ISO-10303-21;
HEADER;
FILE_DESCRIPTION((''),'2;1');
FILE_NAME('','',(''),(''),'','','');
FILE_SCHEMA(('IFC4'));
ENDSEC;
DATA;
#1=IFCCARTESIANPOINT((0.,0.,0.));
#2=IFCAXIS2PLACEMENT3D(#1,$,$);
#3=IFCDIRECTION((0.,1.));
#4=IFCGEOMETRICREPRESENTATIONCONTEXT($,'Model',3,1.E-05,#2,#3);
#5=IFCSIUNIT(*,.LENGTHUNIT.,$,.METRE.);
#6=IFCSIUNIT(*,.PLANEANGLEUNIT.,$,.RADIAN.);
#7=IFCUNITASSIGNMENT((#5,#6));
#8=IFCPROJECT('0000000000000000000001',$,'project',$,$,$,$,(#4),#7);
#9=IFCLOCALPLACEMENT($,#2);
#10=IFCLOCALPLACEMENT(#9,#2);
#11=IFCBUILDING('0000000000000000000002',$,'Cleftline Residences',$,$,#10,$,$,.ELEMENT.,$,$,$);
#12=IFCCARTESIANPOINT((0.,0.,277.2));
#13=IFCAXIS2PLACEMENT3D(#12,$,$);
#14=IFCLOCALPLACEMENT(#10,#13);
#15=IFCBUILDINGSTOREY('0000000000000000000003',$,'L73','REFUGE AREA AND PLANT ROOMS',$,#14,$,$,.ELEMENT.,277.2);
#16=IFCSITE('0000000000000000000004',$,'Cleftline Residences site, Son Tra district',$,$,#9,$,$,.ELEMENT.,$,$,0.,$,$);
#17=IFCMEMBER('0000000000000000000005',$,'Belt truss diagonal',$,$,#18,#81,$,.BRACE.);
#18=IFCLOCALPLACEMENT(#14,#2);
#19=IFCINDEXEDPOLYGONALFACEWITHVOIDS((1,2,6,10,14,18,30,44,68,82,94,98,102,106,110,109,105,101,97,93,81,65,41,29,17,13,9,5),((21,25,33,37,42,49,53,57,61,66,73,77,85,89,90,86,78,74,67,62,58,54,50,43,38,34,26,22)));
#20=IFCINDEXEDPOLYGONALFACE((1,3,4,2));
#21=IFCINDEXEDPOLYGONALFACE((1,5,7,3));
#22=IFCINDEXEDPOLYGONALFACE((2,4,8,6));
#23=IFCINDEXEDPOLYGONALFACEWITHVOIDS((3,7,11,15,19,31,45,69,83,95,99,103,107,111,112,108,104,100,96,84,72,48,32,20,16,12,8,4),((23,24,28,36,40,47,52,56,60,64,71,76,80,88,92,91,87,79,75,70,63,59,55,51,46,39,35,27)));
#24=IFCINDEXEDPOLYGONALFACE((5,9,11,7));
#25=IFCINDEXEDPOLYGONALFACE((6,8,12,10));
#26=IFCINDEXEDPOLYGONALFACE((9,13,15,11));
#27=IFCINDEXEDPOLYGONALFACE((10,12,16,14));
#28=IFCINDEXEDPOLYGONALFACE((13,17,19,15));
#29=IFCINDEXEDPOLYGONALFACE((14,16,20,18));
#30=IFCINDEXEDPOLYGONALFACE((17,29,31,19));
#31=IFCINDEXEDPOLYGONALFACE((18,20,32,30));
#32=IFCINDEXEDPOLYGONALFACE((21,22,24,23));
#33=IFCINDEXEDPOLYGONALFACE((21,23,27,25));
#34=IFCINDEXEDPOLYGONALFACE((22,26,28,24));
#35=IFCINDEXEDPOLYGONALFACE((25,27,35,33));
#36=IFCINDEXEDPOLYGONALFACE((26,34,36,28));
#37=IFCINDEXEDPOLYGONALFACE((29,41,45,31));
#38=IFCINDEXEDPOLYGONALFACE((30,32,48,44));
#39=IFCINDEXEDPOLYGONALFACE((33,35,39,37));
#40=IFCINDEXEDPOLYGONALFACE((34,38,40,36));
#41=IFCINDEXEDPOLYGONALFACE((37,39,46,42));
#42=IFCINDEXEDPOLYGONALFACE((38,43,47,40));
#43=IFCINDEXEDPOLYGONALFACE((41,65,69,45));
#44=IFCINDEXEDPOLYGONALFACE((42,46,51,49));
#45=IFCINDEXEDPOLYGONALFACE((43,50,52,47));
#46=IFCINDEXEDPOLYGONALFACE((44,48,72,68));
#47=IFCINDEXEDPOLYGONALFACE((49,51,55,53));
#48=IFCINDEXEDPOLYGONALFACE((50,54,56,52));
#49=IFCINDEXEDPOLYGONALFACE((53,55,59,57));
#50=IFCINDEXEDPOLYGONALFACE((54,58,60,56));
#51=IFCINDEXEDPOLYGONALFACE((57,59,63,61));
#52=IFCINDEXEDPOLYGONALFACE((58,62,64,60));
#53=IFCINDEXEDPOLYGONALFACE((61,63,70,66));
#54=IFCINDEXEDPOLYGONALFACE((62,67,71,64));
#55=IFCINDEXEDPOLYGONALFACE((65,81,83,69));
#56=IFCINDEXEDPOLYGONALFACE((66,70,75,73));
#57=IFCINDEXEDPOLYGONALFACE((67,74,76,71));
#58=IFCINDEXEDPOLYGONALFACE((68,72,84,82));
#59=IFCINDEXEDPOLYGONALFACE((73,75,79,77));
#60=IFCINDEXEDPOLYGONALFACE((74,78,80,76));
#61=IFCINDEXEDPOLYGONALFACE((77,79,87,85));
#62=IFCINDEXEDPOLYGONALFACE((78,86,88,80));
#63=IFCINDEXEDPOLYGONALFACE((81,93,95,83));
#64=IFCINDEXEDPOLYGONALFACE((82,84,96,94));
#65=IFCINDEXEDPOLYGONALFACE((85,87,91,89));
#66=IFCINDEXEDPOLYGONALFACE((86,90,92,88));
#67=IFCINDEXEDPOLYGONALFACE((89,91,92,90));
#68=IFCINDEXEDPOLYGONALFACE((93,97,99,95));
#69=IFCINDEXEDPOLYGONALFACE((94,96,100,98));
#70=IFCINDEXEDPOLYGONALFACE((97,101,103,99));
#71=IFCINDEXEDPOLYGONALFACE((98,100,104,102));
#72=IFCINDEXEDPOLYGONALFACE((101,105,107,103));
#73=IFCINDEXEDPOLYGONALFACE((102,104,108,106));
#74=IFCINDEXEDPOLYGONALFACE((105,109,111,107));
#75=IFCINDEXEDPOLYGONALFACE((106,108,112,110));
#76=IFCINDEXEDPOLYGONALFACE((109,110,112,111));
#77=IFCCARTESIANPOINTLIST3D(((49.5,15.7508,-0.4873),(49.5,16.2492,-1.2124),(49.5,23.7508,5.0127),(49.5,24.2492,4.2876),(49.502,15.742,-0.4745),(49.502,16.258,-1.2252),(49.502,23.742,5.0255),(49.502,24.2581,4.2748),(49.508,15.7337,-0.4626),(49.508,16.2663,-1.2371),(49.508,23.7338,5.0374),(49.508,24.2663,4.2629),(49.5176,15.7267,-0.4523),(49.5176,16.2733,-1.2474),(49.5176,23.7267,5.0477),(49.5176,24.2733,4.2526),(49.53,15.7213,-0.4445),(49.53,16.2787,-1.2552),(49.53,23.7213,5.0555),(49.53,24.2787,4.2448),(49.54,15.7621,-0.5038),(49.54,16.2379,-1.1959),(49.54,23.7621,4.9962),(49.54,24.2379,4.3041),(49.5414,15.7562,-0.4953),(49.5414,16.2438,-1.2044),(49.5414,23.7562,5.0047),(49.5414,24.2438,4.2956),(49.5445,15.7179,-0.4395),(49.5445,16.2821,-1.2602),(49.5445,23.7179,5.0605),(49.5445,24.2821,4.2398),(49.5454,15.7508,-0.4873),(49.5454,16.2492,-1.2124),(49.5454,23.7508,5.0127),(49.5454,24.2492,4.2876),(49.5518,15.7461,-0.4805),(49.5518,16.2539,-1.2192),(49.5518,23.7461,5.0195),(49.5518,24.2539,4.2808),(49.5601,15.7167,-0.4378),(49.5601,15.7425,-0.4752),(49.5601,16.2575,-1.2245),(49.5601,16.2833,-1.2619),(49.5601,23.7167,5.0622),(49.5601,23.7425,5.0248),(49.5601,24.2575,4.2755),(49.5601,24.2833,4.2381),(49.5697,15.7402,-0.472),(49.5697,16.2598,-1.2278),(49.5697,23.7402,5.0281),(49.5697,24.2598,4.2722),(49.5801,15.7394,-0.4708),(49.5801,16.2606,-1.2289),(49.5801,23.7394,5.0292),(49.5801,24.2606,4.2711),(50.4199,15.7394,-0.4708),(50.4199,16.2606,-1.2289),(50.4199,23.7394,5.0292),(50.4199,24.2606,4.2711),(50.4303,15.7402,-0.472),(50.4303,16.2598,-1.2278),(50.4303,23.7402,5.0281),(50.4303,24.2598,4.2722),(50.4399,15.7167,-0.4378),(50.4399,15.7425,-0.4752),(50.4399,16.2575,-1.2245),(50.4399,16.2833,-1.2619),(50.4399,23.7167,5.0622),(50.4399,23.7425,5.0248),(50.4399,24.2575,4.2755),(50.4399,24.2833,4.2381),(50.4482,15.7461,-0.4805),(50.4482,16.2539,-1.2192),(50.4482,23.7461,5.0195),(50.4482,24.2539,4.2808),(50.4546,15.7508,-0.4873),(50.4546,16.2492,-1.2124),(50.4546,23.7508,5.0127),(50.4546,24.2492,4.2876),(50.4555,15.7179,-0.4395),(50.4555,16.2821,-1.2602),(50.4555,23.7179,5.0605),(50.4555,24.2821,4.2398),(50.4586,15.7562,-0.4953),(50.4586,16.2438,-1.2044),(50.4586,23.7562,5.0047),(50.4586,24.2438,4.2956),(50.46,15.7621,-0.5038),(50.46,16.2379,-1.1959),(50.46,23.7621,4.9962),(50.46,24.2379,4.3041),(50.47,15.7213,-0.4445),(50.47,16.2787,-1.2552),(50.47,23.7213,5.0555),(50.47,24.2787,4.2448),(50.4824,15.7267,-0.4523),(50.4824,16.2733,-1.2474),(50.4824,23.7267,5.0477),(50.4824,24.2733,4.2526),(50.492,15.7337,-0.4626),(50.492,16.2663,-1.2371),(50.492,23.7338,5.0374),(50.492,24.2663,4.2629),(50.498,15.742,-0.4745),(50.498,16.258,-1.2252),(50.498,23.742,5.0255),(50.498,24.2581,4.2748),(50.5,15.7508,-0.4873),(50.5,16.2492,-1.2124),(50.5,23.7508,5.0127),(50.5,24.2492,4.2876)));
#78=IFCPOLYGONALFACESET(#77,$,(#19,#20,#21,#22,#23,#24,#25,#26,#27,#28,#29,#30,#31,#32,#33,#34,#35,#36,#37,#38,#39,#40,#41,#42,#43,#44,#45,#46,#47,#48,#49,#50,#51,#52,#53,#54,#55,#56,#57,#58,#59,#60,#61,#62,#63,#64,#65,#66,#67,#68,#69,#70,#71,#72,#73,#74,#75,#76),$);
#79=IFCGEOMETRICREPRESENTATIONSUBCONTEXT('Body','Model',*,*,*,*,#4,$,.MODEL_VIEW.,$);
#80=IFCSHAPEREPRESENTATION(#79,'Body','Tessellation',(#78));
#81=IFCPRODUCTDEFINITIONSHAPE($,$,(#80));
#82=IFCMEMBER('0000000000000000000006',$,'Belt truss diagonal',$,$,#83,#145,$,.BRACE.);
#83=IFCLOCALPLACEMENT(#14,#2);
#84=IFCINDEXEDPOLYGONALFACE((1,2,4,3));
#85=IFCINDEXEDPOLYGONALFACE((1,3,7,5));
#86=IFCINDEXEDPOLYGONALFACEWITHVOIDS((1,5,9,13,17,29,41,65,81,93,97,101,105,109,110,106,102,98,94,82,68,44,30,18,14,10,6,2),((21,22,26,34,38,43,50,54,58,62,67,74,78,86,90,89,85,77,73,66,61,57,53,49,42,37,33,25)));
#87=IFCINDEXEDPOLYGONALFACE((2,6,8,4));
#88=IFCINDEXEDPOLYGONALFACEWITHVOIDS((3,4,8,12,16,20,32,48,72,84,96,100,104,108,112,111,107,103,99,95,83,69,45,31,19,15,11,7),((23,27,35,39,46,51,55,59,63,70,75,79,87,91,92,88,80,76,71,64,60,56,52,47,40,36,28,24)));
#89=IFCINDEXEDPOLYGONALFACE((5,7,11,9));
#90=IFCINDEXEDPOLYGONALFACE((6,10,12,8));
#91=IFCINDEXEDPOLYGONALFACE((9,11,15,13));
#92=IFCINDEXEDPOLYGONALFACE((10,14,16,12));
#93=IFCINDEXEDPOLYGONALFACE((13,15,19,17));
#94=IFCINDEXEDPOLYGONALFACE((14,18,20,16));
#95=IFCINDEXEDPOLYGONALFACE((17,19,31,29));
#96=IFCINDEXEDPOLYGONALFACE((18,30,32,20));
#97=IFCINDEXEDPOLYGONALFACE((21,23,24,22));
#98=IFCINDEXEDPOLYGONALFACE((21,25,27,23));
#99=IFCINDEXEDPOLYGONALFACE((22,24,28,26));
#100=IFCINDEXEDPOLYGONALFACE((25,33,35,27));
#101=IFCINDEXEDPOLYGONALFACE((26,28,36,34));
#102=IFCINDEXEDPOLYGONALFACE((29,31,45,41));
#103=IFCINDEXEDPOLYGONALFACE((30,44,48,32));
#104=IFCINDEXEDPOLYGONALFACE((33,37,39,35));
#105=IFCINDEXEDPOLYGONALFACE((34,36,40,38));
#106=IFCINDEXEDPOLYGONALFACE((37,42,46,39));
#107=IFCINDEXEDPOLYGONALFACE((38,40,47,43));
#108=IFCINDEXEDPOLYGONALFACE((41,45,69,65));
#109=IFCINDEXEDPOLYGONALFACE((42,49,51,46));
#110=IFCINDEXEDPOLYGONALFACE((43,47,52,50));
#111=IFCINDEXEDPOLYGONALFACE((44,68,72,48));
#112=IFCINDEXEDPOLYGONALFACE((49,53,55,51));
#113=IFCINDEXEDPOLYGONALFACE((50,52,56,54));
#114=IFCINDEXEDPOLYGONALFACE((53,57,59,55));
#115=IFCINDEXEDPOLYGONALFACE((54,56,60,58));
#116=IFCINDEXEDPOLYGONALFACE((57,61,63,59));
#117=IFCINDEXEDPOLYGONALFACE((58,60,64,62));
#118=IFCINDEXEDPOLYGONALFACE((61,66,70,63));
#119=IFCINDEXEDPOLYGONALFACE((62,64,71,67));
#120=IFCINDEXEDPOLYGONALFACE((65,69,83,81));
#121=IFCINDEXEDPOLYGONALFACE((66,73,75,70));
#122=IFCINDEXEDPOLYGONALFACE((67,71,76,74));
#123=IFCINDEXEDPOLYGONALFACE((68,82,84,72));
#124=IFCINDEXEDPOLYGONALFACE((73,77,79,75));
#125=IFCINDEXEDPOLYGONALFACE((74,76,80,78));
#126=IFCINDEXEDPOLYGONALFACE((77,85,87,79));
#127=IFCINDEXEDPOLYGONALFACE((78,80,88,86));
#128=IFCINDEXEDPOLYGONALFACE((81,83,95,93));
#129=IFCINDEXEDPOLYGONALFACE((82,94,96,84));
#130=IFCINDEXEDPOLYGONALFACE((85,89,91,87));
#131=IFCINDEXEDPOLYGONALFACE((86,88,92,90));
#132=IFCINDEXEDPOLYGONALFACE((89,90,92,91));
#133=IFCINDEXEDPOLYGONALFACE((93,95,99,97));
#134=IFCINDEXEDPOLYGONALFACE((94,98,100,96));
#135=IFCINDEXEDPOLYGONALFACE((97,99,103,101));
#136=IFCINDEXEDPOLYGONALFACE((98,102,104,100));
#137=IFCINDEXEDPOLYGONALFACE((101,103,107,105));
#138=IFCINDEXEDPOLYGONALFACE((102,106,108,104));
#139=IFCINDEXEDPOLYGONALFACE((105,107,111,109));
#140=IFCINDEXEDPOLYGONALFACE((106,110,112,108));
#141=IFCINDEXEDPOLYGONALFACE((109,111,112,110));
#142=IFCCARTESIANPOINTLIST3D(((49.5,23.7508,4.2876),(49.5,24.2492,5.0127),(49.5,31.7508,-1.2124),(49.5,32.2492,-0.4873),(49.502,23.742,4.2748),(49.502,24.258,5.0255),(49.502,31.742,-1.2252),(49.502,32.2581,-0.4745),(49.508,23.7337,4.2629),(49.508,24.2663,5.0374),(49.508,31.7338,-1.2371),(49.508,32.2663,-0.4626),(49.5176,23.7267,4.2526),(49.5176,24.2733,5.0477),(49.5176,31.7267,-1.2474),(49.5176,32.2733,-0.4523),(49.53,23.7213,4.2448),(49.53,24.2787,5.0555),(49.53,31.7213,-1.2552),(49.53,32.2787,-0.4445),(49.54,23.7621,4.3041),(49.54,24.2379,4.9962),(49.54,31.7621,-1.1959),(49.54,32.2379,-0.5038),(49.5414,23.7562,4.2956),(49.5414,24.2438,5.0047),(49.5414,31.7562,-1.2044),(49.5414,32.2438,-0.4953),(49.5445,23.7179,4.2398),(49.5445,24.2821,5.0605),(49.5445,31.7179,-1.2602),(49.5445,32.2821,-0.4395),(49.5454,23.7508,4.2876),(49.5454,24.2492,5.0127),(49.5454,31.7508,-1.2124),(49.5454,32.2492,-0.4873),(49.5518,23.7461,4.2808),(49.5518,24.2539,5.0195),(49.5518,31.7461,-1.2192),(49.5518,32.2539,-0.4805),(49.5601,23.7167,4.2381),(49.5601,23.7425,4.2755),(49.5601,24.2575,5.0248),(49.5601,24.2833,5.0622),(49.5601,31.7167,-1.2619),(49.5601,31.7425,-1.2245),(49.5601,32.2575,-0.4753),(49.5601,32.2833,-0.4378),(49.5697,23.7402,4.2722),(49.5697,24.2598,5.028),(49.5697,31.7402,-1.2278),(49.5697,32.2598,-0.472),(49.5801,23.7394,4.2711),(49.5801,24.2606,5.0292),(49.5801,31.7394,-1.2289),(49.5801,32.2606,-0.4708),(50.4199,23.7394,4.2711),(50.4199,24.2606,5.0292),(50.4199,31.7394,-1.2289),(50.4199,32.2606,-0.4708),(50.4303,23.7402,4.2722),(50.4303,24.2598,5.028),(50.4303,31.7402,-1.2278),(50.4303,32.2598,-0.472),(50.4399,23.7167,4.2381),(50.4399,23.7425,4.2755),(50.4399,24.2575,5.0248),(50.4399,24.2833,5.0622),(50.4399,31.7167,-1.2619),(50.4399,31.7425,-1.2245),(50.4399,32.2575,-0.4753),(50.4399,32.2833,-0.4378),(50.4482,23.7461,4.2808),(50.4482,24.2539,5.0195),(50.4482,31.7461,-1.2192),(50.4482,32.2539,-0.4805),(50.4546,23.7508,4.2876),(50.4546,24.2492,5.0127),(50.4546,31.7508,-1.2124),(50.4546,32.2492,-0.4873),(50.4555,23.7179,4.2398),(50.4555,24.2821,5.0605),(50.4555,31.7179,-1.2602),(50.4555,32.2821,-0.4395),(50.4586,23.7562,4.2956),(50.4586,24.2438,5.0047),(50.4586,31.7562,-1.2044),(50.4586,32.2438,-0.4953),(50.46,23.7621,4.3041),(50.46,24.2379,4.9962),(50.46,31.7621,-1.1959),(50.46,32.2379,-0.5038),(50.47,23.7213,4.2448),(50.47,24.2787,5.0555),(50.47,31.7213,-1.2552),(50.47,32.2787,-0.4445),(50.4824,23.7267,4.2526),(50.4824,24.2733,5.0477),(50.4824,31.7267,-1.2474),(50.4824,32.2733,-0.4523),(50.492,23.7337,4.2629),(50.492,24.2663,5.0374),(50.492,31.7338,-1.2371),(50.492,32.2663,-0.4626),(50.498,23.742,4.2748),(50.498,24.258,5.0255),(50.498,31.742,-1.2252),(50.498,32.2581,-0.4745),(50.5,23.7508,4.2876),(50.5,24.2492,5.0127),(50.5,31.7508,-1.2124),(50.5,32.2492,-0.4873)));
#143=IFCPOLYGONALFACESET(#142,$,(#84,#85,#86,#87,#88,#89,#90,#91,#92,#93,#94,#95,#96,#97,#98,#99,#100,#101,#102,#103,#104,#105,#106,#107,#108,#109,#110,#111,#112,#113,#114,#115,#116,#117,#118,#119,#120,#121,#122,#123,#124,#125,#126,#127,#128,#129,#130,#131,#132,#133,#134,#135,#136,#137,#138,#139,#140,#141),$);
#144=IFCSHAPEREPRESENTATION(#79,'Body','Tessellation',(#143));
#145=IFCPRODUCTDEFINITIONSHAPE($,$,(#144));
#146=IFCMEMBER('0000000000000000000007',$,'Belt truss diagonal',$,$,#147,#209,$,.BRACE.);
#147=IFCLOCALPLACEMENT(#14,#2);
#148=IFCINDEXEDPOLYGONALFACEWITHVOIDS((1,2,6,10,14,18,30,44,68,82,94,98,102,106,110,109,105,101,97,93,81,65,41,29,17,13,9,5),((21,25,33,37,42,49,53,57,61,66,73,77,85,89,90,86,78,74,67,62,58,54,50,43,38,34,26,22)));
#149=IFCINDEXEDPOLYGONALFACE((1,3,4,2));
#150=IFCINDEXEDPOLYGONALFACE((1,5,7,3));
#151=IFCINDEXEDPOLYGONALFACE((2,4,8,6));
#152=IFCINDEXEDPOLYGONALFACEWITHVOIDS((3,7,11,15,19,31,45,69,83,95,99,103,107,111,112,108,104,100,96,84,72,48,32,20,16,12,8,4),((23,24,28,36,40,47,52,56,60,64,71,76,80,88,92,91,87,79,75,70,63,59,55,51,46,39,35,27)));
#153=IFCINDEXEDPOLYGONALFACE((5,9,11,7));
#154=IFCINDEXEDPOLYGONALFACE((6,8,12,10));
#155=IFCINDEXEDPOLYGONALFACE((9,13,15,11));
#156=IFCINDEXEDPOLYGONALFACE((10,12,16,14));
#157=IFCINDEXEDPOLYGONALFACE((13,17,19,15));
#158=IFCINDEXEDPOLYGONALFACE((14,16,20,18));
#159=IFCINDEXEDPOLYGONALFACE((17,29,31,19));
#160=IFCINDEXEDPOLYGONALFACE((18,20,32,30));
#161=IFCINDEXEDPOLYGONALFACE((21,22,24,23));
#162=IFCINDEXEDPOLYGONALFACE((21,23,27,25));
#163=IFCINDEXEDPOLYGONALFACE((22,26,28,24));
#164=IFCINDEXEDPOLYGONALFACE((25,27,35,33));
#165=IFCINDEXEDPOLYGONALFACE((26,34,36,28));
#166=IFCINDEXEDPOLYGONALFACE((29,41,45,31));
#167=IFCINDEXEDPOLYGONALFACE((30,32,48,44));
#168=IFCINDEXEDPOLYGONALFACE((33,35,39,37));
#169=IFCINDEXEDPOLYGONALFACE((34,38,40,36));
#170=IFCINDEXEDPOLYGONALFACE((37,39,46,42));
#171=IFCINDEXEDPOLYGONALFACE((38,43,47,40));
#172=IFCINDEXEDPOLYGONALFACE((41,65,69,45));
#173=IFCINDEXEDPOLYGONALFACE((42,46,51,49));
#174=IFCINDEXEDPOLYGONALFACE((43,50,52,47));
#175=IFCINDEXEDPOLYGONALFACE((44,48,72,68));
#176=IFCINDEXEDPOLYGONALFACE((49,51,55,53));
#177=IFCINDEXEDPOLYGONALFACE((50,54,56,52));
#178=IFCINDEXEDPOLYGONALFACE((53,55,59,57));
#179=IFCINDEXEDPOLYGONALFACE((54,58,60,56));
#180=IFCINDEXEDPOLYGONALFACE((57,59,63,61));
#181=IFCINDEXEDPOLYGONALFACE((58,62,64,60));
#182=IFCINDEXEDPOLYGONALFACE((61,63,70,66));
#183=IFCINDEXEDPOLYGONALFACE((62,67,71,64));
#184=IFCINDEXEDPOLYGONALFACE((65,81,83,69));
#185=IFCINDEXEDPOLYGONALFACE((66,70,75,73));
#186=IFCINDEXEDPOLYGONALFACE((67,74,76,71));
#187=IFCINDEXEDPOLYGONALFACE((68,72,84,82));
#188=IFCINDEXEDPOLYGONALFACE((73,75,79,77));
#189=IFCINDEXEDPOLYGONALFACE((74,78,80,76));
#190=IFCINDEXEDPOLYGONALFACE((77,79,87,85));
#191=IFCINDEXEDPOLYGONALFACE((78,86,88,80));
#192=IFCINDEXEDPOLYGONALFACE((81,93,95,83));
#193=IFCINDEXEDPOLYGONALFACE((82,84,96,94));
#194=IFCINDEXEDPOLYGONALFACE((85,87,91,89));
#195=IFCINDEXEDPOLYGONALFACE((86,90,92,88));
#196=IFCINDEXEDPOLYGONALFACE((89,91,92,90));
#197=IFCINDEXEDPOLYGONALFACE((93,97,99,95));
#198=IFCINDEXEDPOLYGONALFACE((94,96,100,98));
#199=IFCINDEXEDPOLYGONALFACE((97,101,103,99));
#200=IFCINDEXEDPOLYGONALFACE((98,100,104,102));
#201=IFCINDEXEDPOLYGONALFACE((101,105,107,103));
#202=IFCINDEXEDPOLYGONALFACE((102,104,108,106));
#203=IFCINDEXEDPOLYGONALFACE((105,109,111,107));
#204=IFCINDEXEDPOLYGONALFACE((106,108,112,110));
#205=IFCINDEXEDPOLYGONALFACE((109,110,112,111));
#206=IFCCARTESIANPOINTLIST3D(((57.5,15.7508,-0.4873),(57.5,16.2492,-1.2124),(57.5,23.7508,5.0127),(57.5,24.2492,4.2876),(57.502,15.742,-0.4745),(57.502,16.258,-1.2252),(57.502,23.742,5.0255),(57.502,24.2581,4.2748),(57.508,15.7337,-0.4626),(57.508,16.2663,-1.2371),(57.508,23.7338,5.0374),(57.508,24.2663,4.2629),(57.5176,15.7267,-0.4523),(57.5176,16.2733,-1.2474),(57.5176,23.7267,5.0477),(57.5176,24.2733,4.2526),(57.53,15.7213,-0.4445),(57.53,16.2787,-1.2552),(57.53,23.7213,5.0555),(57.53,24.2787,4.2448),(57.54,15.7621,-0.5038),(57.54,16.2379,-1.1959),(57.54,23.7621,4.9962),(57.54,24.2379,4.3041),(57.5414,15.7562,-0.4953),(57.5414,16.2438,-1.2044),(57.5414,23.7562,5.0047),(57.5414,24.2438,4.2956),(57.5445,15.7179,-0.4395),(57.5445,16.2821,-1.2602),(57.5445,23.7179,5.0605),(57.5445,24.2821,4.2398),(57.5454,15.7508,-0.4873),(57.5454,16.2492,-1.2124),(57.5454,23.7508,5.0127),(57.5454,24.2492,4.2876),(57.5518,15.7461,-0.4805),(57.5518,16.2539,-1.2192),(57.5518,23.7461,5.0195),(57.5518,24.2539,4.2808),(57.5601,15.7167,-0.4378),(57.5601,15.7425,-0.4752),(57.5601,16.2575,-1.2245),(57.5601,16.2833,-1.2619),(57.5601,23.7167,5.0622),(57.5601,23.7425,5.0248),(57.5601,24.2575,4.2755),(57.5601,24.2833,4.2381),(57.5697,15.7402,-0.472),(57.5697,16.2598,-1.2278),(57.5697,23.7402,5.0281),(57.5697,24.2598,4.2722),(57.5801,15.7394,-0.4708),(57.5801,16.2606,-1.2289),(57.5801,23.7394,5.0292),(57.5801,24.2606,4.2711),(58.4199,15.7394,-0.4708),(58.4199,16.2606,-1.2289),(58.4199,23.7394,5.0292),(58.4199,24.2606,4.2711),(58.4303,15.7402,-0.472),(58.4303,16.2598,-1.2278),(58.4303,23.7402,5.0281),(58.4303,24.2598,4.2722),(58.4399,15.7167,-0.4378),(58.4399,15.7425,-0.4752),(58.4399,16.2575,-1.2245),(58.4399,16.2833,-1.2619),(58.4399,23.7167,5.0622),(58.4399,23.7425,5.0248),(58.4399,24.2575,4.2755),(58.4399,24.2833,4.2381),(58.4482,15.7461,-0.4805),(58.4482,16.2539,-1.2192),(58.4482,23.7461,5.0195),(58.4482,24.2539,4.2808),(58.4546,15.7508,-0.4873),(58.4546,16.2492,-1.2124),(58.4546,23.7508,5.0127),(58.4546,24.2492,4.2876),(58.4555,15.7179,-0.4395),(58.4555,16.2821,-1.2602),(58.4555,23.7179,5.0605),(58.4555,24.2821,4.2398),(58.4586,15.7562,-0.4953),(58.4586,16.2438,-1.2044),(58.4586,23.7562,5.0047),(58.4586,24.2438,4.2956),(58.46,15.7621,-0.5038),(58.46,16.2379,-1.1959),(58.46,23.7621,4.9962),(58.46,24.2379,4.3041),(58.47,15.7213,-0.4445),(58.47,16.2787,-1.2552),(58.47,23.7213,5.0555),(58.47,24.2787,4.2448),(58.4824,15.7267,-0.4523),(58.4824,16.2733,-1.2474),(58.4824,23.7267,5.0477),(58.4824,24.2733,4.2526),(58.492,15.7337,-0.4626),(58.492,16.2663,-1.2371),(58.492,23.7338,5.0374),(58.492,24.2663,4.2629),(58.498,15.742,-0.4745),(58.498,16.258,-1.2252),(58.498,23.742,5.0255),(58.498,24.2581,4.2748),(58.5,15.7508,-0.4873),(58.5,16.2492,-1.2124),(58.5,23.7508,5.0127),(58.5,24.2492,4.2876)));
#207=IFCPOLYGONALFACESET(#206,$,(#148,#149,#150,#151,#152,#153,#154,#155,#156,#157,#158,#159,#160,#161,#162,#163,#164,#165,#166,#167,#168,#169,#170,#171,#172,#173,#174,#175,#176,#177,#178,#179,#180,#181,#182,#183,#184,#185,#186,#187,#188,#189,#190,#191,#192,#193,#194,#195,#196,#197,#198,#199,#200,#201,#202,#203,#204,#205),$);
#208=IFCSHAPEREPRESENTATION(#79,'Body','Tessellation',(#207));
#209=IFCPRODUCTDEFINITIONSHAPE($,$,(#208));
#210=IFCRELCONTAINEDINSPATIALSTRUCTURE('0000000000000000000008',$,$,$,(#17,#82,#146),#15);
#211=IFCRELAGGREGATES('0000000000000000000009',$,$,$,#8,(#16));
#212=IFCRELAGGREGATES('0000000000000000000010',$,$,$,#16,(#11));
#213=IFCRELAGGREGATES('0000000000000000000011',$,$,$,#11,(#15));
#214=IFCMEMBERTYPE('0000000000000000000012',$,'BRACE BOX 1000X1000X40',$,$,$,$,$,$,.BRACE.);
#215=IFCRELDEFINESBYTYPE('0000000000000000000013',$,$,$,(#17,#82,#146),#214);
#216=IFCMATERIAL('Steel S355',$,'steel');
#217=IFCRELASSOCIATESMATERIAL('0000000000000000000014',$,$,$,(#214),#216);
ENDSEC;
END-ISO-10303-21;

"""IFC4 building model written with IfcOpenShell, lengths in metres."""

from ifc_helpers import new_model, si_unit, direction, frame, origin, origin_2d, place, context, subcontext, project, spatial, hollow_rectangle, extrude, material, material_profile, profile_set, type_object, element, save


model = new_model("IFC4")

# Units and contexts
model_context = context("Model", 3, precision=1e-05, world=origin(), true_north=direction((0.0, 1.0)))
body_context = subcontext(model_context, "Body", "Model", "MODEL_VIEW")
ifc_project = project(units=[si_unit("LENGTHUNIT", "METRE"), si_unit("PLANEANGLEUNIT", "RADIAN")], contexts=[model_context])

# Site, building, storey
site_placement = place(None, origin())
site = spatial("IfcSite", under=ifc_project, at=site_placement, Name="Cleftline Residences site, Son Tra district", CompositionType="ELEMENT", RefElevation=0.0)
building_placement = place(site_placement, origin())
building = spatial("IfcBuilding", under=site, at=building_placement, Name="Cleftline Residences", CompositionType="ELEMENT")
storey_placement = place(building_placement, frame((0.0, 0.0, 277.2)))
storey = spatial("IfcBuildingStorey", under=building, at=storey_placement, Name="L73", Description="REFUGE AREA AND PLANT ROOMS", CompositionType="ELEMENT", Elevation=277.2)

# Members
ifc_material_1 = material(Name="Steel S355", Category="steel")
ifc_material_profile_1 = material_profile(ifc_material_1, hollow_rectangle(XDim=1.0, YDim=1.0, WallThickness=0.04, InnerFilletRadius=0.04, OuterFilletRadius=0.0601, at=origin_2d()))
ifc_profile_set_1 = profile_set([ifc_material_profile_1], Name="Steel S355")
member_type_1 = type_object("IfcMemberType", Name="BRACE BOX 1000X1000X40", PredefinedType="BRACE", material=ifc_profile_set_1)
for number, where, z_axis, x_axis, name in (
    (1, (50.0, 16.0, -0.8499), (0.0, 0.824042, 0.566529), (0.0, -0.566529, 0.824042), "Belt truss diagonal"),
    (2, (50.0, 24.0, 4.6501), (0.0, 0.824042, -0.566529), (0.0, 0.566529, 0.824042), "Belt truss diagonal"),
    (3, (58.0, 16.0, -0.8499), (0.0, 0.824042, 0.566529), (0.0, -0.566529, 0.824042), "Belt truss diagonal"),
):
    element("IfcMember", number, at=place(storey_placement, frame(where, z_axis=z_axis, x_axis=x_axis)), inside=storey, type_object=member_type_1, Name=name, PredefinedType="BRACE", context=body_context, shape_type="SweptSolid", body=[
        extrude(hollow_rectangle(XDim=1.0, YDim=1.0, WallThickness=0.04, InnerFilletRadius=0.04, OuterFilletRadius=0.0601, at=origin_2d()), origin(), (0.0, 0.0, 1.0), 9.7083),
    ])

save(model, "model.ifc")
